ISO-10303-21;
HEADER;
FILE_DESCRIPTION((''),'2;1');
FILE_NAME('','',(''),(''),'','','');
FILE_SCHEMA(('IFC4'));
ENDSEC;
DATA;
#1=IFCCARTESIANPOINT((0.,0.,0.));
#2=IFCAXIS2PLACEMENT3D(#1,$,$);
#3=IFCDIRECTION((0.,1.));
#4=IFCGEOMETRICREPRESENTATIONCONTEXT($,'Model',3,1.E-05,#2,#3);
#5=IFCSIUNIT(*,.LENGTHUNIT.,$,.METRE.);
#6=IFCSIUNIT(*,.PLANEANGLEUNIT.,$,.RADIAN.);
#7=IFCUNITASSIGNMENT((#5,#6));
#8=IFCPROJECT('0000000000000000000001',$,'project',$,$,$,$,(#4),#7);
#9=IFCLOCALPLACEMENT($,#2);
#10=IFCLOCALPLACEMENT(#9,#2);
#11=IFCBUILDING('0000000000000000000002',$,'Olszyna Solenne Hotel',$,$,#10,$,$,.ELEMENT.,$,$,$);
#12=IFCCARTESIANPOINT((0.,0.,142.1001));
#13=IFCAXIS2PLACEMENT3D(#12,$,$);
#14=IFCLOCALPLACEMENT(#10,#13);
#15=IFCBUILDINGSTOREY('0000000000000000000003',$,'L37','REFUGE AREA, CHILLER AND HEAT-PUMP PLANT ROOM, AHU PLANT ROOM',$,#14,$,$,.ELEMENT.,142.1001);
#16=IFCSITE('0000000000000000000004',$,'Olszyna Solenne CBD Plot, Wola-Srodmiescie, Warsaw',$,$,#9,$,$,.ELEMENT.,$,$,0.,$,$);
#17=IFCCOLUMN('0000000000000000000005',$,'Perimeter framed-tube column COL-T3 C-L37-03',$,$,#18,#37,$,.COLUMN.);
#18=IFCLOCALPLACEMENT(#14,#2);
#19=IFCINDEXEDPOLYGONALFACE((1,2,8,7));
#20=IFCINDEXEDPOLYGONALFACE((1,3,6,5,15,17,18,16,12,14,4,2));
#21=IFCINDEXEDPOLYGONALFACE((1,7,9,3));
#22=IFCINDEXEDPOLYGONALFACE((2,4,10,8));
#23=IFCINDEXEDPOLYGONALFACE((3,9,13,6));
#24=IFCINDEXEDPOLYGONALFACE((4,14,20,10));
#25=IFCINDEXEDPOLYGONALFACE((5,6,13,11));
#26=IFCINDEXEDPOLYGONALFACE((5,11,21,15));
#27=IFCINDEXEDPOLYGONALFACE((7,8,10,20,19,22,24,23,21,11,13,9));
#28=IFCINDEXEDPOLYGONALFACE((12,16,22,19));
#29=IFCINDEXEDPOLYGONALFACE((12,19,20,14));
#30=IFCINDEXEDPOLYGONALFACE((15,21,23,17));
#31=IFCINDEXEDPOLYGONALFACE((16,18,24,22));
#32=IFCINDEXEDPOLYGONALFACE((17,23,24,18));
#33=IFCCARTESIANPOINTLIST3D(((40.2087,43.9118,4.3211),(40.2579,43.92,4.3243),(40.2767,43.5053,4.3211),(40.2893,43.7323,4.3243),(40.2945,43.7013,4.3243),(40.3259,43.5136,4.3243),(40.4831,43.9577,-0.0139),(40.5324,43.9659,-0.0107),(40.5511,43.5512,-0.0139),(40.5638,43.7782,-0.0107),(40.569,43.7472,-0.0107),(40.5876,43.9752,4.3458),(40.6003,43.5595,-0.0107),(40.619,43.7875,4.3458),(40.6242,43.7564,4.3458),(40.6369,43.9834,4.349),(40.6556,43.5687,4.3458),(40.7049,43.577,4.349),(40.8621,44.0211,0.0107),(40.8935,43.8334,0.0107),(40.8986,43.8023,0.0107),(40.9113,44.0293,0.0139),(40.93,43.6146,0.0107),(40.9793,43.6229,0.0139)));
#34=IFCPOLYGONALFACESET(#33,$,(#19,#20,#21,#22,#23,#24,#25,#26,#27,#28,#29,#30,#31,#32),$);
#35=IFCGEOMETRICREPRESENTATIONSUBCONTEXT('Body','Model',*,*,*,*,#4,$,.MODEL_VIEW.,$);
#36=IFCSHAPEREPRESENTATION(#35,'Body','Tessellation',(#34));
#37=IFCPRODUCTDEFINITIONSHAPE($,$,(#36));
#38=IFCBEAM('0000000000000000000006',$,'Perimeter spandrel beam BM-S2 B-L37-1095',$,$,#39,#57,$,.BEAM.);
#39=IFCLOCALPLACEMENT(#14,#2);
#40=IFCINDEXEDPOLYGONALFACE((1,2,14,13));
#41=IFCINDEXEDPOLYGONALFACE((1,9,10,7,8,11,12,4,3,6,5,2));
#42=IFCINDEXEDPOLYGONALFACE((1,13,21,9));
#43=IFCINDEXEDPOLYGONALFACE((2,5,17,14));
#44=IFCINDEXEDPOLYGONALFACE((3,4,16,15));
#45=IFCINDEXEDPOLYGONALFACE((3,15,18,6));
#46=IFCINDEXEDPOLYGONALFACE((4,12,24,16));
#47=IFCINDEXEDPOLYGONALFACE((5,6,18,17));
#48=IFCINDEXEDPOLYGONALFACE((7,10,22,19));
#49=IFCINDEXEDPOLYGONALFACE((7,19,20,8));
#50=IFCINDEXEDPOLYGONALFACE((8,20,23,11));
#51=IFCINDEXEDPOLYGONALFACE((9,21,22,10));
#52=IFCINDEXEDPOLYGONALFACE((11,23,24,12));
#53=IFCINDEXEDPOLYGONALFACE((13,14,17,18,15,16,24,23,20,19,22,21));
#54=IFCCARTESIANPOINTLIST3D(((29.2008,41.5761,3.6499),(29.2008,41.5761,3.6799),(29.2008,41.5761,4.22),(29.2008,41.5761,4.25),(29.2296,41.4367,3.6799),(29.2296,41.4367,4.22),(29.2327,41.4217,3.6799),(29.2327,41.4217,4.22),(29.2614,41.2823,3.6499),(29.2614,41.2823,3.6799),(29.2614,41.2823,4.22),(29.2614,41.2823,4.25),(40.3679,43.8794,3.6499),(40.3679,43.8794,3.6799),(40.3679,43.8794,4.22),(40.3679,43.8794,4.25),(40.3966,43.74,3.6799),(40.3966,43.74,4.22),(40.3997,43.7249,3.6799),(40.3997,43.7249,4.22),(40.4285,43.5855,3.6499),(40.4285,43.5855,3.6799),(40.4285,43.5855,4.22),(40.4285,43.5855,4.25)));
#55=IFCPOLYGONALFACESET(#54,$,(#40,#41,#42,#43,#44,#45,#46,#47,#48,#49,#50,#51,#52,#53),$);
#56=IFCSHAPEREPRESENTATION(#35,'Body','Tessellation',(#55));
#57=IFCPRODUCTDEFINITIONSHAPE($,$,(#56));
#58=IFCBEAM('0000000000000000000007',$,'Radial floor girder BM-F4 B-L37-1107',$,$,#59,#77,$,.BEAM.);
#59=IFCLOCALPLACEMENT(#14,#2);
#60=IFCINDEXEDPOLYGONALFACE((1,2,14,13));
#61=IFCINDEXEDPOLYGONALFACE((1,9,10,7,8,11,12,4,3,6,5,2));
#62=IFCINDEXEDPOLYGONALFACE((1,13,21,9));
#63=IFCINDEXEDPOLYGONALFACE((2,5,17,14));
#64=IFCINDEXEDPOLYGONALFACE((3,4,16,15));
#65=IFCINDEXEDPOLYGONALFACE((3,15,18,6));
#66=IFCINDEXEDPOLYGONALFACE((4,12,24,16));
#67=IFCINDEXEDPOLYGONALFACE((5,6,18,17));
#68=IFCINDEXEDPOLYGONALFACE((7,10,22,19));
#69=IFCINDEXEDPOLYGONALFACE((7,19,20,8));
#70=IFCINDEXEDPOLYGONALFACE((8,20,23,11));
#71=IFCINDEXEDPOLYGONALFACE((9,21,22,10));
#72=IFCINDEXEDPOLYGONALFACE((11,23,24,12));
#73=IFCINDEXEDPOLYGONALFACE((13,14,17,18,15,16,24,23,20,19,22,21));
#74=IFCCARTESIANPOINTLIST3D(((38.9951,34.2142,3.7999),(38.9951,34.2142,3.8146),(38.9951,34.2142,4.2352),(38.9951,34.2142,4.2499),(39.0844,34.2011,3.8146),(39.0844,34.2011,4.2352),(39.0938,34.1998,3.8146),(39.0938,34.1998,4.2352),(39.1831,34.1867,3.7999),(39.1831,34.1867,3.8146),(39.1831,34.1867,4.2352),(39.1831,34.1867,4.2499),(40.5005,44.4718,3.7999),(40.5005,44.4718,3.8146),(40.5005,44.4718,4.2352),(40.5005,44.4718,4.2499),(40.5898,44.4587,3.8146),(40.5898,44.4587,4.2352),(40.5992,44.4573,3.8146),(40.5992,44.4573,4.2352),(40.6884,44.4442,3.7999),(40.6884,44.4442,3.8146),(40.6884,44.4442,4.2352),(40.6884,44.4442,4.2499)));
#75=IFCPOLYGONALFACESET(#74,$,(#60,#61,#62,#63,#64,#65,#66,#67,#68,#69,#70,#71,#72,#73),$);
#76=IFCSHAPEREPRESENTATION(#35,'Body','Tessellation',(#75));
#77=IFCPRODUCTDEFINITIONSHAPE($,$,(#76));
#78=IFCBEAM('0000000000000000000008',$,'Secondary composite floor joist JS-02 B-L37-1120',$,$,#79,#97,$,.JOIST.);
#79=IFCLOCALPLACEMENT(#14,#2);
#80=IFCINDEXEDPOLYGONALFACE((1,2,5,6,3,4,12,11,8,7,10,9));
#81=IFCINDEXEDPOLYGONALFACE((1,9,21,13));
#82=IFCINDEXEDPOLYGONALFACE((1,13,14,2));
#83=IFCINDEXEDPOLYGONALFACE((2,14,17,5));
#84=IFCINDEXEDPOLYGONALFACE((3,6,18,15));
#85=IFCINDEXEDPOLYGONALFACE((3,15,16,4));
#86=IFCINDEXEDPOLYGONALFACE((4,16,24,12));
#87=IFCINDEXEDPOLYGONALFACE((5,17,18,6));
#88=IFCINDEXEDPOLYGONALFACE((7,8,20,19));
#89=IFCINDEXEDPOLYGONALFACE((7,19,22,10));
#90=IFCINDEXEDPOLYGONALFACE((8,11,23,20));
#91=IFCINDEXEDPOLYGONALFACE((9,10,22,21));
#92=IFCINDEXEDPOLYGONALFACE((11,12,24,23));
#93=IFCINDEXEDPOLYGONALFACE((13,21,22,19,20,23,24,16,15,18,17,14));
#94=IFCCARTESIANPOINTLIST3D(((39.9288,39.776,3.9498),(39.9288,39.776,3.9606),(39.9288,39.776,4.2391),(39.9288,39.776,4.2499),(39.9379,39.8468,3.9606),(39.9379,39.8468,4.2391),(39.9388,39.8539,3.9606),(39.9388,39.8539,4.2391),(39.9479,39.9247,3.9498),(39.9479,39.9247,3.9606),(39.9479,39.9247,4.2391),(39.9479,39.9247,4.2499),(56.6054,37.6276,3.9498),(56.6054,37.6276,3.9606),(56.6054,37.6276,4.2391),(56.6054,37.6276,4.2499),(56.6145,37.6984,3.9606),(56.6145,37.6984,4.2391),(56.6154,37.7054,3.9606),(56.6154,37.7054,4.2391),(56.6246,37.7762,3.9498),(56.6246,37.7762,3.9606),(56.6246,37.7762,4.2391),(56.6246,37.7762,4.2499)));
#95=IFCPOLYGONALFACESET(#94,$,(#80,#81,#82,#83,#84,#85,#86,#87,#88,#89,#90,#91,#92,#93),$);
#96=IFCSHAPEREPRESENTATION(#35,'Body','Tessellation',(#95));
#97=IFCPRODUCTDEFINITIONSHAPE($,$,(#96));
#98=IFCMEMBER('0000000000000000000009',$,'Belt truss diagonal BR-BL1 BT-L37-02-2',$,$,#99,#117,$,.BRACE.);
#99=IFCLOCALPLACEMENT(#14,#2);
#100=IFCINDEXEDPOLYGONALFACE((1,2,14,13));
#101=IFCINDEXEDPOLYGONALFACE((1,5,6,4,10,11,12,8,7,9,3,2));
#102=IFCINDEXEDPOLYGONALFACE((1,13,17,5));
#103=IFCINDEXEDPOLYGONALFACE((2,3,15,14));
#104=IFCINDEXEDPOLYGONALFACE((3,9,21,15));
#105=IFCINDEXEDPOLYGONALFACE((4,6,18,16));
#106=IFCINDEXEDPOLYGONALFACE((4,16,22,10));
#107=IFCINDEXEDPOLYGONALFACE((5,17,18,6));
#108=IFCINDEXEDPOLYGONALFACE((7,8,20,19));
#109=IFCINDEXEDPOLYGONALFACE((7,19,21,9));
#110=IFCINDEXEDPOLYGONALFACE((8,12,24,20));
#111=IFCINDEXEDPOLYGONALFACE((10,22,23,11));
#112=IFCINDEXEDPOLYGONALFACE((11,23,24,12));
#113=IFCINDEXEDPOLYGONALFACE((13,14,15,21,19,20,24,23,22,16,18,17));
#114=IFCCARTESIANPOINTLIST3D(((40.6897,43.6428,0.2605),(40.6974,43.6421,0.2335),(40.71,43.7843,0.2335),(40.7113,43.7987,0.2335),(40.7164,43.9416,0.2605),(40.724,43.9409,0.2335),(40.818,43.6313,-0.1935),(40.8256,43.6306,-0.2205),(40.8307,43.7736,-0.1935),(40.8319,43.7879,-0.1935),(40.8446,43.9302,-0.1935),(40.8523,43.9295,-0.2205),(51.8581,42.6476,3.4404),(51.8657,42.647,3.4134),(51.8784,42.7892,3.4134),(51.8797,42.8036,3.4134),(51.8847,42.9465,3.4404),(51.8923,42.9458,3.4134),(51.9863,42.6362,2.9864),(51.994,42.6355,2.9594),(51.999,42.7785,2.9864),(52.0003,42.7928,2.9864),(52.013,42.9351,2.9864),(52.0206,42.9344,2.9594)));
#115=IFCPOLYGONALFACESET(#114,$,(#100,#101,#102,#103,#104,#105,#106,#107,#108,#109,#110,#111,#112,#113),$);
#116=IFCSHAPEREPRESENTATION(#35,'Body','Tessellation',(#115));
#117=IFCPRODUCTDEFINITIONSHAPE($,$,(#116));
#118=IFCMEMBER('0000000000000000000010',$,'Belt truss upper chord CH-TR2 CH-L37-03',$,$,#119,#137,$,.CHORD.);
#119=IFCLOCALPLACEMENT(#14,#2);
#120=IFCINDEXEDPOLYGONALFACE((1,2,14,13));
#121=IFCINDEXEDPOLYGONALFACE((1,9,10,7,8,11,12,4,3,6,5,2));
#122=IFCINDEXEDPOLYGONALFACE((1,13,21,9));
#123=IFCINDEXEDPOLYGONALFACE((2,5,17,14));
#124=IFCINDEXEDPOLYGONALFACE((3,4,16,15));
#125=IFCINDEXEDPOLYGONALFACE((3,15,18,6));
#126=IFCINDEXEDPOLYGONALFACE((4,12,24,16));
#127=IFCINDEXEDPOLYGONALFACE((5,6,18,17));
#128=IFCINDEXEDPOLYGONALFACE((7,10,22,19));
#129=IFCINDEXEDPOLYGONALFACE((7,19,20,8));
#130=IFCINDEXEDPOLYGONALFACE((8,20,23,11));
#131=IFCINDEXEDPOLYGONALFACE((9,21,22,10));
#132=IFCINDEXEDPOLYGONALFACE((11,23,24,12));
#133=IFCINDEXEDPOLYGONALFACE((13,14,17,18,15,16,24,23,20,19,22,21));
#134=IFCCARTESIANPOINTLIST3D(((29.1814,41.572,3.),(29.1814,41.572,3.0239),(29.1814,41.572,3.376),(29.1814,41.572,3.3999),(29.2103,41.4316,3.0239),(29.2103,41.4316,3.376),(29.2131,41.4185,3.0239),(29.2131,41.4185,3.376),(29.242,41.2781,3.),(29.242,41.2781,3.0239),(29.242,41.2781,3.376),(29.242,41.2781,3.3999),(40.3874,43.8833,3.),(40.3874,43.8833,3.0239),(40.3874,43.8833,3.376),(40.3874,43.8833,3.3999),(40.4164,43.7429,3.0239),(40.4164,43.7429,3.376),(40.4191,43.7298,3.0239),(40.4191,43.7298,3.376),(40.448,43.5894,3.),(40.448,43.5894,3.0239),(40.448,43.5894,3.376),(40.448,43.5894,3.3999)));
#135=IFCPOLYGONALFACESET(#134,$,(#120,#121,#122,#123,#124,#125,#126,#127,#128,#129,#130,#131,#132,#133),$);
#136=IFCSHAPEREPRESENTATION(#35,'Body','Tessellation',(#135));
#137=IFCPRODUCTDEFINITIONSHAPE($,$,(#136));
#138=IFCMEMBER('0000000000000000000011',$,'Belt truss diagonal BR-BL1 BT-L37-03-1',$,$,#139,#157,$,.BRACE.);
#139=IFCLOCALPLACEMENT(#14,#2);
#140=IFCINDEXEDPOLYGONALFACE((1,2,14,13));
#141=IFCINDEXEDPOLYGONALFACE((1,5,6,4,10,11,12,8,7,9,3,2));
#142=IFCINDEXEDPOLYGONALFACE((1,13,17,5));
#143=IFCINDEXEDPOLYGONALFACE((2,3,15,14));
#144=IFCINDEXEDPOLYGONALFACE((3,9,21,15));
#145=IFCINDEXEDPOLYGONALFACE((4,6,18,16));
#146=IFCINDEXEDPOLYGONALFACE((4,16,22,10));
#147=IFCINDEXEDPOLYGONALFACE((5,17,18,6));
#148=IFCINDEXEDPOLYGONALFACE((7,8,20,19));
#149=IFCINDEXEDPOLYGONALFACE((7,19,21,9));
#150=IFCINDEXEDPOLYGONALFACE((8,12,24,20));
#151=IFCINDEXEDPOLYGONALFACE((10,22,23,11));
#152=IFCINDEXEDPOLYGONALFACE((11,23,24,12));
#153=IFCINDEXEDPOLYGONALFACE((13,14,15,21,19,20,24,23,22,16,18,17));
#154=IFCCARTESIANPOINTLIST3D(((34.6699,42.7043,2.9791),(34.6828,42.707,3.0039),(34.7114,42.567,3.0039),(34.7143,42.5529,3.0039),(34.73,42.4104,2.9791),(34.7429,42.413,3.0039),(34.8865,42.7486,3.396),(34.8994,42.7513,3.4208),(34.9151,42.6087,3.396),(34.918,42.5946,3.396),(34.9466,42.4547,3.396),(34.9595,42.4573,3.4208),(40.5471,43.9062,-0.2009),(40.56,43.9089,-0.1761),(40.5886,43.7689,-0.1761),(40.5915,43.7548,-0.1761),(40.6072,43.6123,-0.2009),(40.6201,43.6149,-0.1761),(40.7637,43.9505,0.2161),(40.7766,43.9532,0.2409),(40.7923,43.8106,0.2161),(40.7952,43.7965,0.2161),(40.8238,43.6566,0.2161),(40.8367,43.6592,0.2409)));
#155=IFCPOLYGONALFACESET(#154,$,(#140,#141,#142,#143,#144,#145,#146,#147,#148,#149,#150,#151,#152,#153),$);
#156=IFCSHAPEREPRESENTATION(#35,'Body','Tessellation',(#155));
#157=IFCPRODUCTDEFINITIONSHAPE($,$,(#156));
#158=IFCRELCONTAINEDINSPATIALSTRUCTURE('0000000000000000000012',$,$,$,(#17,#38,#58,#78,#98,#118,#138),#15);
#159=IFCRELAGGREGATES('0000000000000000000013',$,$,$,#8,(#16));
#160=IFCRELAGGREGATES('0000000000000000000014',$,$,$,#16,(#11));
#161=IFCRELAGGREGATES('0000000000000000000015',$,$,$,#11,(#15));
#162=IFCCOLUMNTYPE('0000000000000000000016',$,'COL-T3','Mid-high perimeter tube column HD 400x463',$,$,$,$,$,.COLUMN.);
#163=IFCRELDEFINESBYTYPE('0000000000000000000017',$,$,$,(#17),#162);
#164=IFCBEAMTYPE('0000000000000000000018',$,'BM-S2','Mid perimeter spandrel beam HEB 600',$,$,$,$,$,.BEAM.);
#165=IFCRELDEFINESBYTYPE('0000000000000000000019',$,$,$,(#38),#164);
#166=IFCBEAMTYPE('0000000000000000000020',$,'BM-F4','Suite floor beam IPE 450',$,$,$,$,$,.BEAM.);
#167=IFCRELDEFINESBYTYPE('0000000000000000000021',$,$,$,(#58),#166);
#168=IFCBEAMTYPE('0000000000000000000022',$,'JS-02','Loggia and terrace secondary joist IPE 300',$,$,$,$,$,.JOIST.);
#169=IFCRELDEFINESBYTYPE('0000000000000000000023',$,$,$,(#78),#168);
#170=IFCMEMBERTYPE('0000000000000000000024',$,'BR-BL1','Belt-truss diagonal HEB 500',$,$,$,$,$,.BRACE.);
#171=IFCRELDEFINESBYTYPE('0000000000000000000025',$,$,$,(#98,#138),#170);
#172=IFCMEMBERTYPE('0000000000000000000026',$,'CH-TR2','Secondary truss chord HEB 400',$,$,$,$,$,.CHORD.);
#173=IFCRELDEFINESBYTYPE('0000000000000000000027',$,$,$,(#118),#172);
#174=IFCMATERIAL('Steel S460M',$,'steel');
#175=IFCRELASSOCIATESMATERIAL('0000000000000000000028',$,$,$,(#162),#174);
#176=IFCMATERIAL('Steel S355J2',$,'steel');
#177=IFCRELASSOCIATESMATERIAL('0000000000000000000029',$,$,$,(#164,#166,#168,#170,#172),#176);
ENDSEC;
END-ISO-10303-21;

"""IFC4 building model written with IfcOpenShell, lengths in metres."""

from ifc_helpers import new_model, si_unit, direction, frame, origin, origin_2d, place, context, subcontext, project, spatial, i_section, extrude, source, transform, mapped, material, material_profile, profile_set, type_object, element, save


model = new_model("IFC4")

# Units and contexts
model_context = context("Model", 3, precision=1e-05, world=origin(), true_north=direction((0.0, 1.0)))
body_context = subcontext(model_context, "Body", "Model", "MODEL_VIEW")
ifc_project = project(units=[si_unit("LENGTHUNIT", "METRE"), si_unit("PLANEANGLEUNIT", "RADIAN")], contexts=[model_context])

# Site, building, storey
site_placement = place(None, origin())
site = spatial("IfcSite", under=ifc_project, at=site_placement, Name="Olszyna Solenne CBD Plot, Wola-Srodmiescie, Warsaw", CompositionType="ELEMENT", RefElevation=0.0)
building_placement = place(site_placement, origin())
building = spatial("IfcBuilding", under=site, at=building_placement, Name="Olszyna Solenne Hotel", CompositionType="ELEMENT")
storey_placement = place(building_placement, frame((0.0, 0.0, 142.1001)))
storey = spatial("IfcBuildingStorey", under=building, at=storey_placement, Name="L37", Description="REFUGE AREA, CHILLER AND HEAT-PUMP PLANT ROOM, AHU PLANT ROOM", CompositionType="ELEMENT", Elevation=142.1001)

# Column
ifc_material_1 = material(Name="Steel S460M", Category="steel")
ifc_material_profile_1 = material_profile(ifc_material_1, i_section(OverallWidth=0.4121, OverallDepth=0.4351, WebThickness=0.0315, FlangeThickness=0.05, at=origin_2d()), Name="HD 400x463", Category="load-bearing")
ifc_profile_set_1 = profile_set([ifc_material_profile_1], Name="Steel S460M")
column_type = type_object("IfcColumnType", Name="COL-T3", Description="Mid-high perimeter tube column HD 400x463", PredefinedType="COLUMN", material=ifc_profile_set_1)
shared_shape_1 = source(origin(), body_context, "Body", "SweptSolid", [
    extrude(i_section(OverallWidth=0.4121, OverallDepth=0.4351, WebThickness=0.0315, FlangeThickness=0.05, at=origin_2d()), origin(), (0.0, 0.0, 1.0), 4.344),
])
column_placement = place(storey_placement, frame((40.7312, 43.7903, 0.0), z_axis=(-0.063173, -0.010566, 0.997947), x_axis=(0.164968, -0.986299, 0.0)))
element("IfcColumn", 1, at=column_placement, inside=storey, type_object=column_type, Name="Perimeter framed-tube column COL-T3 C-L37-03", PredefinedType="COLUMN", context=body_context, shape_type="MappedRepresentation", body=[
    mapped(shared_shape_1, transform((0.0, 0.0, 0.0), x_axis=(1.0, 0.0, 0.0), y_axis=(0.0, 1.0, 0.0), z_axis=(0.0, 0.0, 1.0), scale=1.0)),
])

# Beams
ifc_material_2 = material(Name="Steel S355J2", Category="steel")
ifc_material_profile_2 = material_profile(ifc_material_2, i_section(OverallWidth=0.3, OverallDepth=0.6001, WebThickness=0.0154, FlangeThickness=0.03, at=origin_2d()), Name="HEB 600", Category="load-bearing")
ifc_profile_set_2 = profile_set([ifc_material_profile_2], Name="Steel S355J2")
beam_type_1 = type_object("IfcBeamType", Name="BM-S2", Description="Mid perimeter spandrel beam HEB 600", PredefinedType="BEAM", material=ifc_profile_set_2)
shared_shape_2 = source(origin(), body_context, "Body", "SweptSolid", [
    extrude(i_section(OverallWidth=0.3, OverallDepth=0.6001, WebThickness=0.0154, FlangeThickness=0.03, at=origin_2d()), origin(), (0.0, 0.0, 1.0), 11.4021),
])
beam_1_placement = place(storey_placement, frame((40.3982, 43.7324, 3.95), z_axis=(-0.979385, -0.202001, 0.0), x_axis=(0.202001, -0.979385, 0.0)))
element("IfcBeam", 2, at=beam_1_placement, inside=storey, type_object=beam_type_1, Name="Perimeter spandrel beam BM-S2 B-L37-1095", PredefinedType="BEAM", context=body_context, shape_type="MappedRepresentation", body=[
    mapped(shared_shape_2, transform((0.0, 0.0, 0.0), x_axis=(1.0, 0.0, 0.0), y_axis=(0.0, 1.0, 0.0), z_axis=(0.0, 0.0, 1.0), scale=1.0)),
])
ifc_material_profile_3 = material_profile(ifc_material_2, i_section(OverallWidth=0.1899, OverallDepth=0.45, WebThickness=0.0095, FlangeThickness=0.0146, at=origin_2d()), Name="IPE 450", Category="load-bearing")
ifc_profile_set_3 = profile_set([ifc_material_profile_3], Name="Steel S355J2")
beam_type_2 = type_object("IfcBeamType", Name="BM-F4", Description="Suite floor beam IPE 450", PredefinedType="BEAM", material=ifc_profile_set_3)
shared_shape_3 = source(origin(), body_context, "Body", "SweptSolid", [
    extrude(i_section(OverallWidth=0.1899, OverallDepth=0.45, WebThickness=0.0095, FlangeThickness=0.0146, at=origin_2d()), origin(), (0.0, 0.0, 1.0), 10.3674),
])
beam_2_placement = place(storey_placement, frame((40.5945, 44.458, 4.0249), z_axis=(-0.145202, -0.989402, 0.0), x_axis=(0.989402, -0.145202, 0.0)))
element("IfcBeam", 3, at=beam_2_placement, inside=storey, type_object=beam_type_2, Name="Radial floor girder BM-F4 B-L37-1107", PredefinedType="BEAM", context=body_context, shape_type="MappedRepresentation", body=[
    mapped(shared_shape_3, transform((0.0, 0.0, 0.0), x_axis=(1.0, 0.0, 0.0), y_axis=(0.0, 1.0, 0.0), z_axis=(0.0, 0.0, 1.0), scale=1.0)),
])
ifc_material_profile_4 = material_profile(ifc_material_2, i_section(OverallWidth=0.1499, OverallDepth=0.3, WebThickness=0.0071, FlangeThickness=0.0107, at=origin_2d()), Name="IPE 300", Category="load-bearing")
ifc_profile_set_4 = profile_set([ifc_material_profile_4], Name="Steel S355J2")
beam_type_3 = type_object("IfcBeamType", Name="JS-02", Description="Loggia and terrace secondary joist IPE 300", PredefinedType="JOIST", material=ifc_profile_set_4)
shared_shape_4 = source(origin(), body_context, "Body", "SweptSolid", [
    extrude(i_section(OverallWidth=0.1499, OverallDepth=0.3, WebThickness=0.0071, FlangeThickness=0.0107, at=origin_2d()), origin(), (0.0, 0.0, 1.0), 16.8145),
])
beam_3_placement = place(storey_placement, frame((56.615, 37.7019, 4.0999), z_axis=(-0.991803, 0.127774, 0.0), x_axis=(-0.127774, -0.991803, 0.0)))
element("IfcBeam", 4, at=beam_3_placement, inside=storey, type_object=beam_type_3, Name="Secondary composite floor joist JS-02 B-L37-1120", PredefinedType="JOIST", context=body_context, shape_type="MappedRepresentation", body=[
    mapped(shared_shape_4, transform((0.0, 0.0, 0.0), x_axis=(1.0, 0.0, 0.0), y_axis=(0.0, 1.0, 0.0), z_axis=(0.0, 0.0, 1.0), scale=1.0)),
])

# Members
ifc_material_profile_5 = material_profile(ifc_material_2, i_section(OverallWidth=0.3, OverallDepth=0.5, WebThickness=0.0144, FlangeThickness=0.0281, at=origin_2d()), Name="HEB 500", Category="load-bearing")
ifc_profile_set_5 = profile_set([ifc_material_profile_5], Name="Steel S355J2")
member_type_1 = type_object("IfcMemberType", Name="BR-BL1", Description="Belt-truss diagonal HEB 500", PredefinedType="BRACE", material=ifc_profile_set_5)
shared_shape_5 = source(origin(), body_context, "Body", "SweptSolid", [
    extrude(i_section(OverallWidth=0.3, OverallDepth=0.5, WebThickness=0.0144, FlangeThickness=0.0281, at=origin_2d()), origin(), (0.0, 0.0, 1.0), 11.6548),
])
member_1_placement = place(storey_placement, frame((40.771, 43.7861, 0.02), z_axis=(0.958263, -0.085382, 0.272841), x_axis=(0.088749, 0.996054, 0.0)))
element("IfcMember", 5, at=member_1_placement, inside=storey, type_object=member_type_1, Name="Belt truss diagonal BR-BL1 BT-L37-02-2", PredefinedType="BRACE", context=body_context, shape_type="MappedRepresentation", body=[
    mapped(shared_shape_5, transform((0.0, 0.0, 0.0), x_axis=(1.0, 0.0, 0.0), y_axis=(0.0, 1.0, 0.0), z_axis=(0.0, 0.0, 1.0), scale=1.0)),
])
ifc_material_profile_6 = material_profile(ifc_material_2, i_section(OverallWidth=0.3, OverallDepth=0.3999, WebThickness=0.0134, FlangeThickness=0.0239, at=origin_2d()), Name="HEB 400", Category="load-bearing")
ifc_profile_set_6 = profile_set([ifc_material_profile_6], Name="Steel S355J2")
member_type_2 = type_object("IfcMemberType", Name="CH-TR2", Description="Secondary truss chord HEB 400", PredefinedType="CHORD", material=ifc_profile_set_6)
shared_shape_6 = source(origin(), body_context, "Body", "SweptSolid", [
    extrude(i_section(OverallWidth=0.3, OverallDepth=0.3999, WebThickness=0.0134, FlangeThickness=0.0239, at=origin_2d()), origin(), (0.0, 0.0, 1.0), 11.4419),
])
member_2_placement = place(storey_placement, frame((40.4177, 43.7363, 3.2), z_axis=(-0.979385, -0.202001, 0.0), x_axis=(0.202001, -0.979385, 0.0)))
element("IfcMember", 6, at=member_2_placement, inside=storey, type_object=member_type_2, Name="Belt truss upper chord CH-TR2 CH-L37-03", PredefinedType="CHORD", context=body_context, shape_type="MappedRepresentation", body=[
    mapped(shared_shape_6, transform((0.0, 0.0, 0.0), x_axis=(1.0, 0.0, 0.0), y_axis=(0.0, 1.0, 0.0), z_axis=(0.0, 0.0, 1.0), scale=1.0)),
])
shared_shape_7 = source(origin(), body_context, "Body", "SweptSolid", [
    extrude(i_section(OverallWidth=0.3, OverallDepth=0.5, WebThickness=0.0144, FlangeThickness=0.0281, at=origin_2d()), origin(), (0.0, 0.0, 1.0), 6.7896),
])
member_3_placement = place(storey_placement, frame((40.6919, 43.7827, 0.02), z_axis=(-0.865624, -0.177023, 0.468357), x_axis=(0.200356, -0.979723, 0.0)))
element("IfcMember", 7, at=member_3_placement, inside=storey, type_object=member_type_1, Name="Belt truss diagonal BR-BL1 BT-L37-03-1", PredefinedType="BRACE", context=body_context, shape_type="MappedRepresentation", body=[
    mapped(shared_shape_7, transform((0.0, 0.0, 0.0), x_axis=(1.0, 0.0, 0.0), y_axis=(0.0, 1.0, 0.0), z_axis=(0.0, 0.0, 1.0), scale=1.0)),
])

save(model, "model.ifc")
